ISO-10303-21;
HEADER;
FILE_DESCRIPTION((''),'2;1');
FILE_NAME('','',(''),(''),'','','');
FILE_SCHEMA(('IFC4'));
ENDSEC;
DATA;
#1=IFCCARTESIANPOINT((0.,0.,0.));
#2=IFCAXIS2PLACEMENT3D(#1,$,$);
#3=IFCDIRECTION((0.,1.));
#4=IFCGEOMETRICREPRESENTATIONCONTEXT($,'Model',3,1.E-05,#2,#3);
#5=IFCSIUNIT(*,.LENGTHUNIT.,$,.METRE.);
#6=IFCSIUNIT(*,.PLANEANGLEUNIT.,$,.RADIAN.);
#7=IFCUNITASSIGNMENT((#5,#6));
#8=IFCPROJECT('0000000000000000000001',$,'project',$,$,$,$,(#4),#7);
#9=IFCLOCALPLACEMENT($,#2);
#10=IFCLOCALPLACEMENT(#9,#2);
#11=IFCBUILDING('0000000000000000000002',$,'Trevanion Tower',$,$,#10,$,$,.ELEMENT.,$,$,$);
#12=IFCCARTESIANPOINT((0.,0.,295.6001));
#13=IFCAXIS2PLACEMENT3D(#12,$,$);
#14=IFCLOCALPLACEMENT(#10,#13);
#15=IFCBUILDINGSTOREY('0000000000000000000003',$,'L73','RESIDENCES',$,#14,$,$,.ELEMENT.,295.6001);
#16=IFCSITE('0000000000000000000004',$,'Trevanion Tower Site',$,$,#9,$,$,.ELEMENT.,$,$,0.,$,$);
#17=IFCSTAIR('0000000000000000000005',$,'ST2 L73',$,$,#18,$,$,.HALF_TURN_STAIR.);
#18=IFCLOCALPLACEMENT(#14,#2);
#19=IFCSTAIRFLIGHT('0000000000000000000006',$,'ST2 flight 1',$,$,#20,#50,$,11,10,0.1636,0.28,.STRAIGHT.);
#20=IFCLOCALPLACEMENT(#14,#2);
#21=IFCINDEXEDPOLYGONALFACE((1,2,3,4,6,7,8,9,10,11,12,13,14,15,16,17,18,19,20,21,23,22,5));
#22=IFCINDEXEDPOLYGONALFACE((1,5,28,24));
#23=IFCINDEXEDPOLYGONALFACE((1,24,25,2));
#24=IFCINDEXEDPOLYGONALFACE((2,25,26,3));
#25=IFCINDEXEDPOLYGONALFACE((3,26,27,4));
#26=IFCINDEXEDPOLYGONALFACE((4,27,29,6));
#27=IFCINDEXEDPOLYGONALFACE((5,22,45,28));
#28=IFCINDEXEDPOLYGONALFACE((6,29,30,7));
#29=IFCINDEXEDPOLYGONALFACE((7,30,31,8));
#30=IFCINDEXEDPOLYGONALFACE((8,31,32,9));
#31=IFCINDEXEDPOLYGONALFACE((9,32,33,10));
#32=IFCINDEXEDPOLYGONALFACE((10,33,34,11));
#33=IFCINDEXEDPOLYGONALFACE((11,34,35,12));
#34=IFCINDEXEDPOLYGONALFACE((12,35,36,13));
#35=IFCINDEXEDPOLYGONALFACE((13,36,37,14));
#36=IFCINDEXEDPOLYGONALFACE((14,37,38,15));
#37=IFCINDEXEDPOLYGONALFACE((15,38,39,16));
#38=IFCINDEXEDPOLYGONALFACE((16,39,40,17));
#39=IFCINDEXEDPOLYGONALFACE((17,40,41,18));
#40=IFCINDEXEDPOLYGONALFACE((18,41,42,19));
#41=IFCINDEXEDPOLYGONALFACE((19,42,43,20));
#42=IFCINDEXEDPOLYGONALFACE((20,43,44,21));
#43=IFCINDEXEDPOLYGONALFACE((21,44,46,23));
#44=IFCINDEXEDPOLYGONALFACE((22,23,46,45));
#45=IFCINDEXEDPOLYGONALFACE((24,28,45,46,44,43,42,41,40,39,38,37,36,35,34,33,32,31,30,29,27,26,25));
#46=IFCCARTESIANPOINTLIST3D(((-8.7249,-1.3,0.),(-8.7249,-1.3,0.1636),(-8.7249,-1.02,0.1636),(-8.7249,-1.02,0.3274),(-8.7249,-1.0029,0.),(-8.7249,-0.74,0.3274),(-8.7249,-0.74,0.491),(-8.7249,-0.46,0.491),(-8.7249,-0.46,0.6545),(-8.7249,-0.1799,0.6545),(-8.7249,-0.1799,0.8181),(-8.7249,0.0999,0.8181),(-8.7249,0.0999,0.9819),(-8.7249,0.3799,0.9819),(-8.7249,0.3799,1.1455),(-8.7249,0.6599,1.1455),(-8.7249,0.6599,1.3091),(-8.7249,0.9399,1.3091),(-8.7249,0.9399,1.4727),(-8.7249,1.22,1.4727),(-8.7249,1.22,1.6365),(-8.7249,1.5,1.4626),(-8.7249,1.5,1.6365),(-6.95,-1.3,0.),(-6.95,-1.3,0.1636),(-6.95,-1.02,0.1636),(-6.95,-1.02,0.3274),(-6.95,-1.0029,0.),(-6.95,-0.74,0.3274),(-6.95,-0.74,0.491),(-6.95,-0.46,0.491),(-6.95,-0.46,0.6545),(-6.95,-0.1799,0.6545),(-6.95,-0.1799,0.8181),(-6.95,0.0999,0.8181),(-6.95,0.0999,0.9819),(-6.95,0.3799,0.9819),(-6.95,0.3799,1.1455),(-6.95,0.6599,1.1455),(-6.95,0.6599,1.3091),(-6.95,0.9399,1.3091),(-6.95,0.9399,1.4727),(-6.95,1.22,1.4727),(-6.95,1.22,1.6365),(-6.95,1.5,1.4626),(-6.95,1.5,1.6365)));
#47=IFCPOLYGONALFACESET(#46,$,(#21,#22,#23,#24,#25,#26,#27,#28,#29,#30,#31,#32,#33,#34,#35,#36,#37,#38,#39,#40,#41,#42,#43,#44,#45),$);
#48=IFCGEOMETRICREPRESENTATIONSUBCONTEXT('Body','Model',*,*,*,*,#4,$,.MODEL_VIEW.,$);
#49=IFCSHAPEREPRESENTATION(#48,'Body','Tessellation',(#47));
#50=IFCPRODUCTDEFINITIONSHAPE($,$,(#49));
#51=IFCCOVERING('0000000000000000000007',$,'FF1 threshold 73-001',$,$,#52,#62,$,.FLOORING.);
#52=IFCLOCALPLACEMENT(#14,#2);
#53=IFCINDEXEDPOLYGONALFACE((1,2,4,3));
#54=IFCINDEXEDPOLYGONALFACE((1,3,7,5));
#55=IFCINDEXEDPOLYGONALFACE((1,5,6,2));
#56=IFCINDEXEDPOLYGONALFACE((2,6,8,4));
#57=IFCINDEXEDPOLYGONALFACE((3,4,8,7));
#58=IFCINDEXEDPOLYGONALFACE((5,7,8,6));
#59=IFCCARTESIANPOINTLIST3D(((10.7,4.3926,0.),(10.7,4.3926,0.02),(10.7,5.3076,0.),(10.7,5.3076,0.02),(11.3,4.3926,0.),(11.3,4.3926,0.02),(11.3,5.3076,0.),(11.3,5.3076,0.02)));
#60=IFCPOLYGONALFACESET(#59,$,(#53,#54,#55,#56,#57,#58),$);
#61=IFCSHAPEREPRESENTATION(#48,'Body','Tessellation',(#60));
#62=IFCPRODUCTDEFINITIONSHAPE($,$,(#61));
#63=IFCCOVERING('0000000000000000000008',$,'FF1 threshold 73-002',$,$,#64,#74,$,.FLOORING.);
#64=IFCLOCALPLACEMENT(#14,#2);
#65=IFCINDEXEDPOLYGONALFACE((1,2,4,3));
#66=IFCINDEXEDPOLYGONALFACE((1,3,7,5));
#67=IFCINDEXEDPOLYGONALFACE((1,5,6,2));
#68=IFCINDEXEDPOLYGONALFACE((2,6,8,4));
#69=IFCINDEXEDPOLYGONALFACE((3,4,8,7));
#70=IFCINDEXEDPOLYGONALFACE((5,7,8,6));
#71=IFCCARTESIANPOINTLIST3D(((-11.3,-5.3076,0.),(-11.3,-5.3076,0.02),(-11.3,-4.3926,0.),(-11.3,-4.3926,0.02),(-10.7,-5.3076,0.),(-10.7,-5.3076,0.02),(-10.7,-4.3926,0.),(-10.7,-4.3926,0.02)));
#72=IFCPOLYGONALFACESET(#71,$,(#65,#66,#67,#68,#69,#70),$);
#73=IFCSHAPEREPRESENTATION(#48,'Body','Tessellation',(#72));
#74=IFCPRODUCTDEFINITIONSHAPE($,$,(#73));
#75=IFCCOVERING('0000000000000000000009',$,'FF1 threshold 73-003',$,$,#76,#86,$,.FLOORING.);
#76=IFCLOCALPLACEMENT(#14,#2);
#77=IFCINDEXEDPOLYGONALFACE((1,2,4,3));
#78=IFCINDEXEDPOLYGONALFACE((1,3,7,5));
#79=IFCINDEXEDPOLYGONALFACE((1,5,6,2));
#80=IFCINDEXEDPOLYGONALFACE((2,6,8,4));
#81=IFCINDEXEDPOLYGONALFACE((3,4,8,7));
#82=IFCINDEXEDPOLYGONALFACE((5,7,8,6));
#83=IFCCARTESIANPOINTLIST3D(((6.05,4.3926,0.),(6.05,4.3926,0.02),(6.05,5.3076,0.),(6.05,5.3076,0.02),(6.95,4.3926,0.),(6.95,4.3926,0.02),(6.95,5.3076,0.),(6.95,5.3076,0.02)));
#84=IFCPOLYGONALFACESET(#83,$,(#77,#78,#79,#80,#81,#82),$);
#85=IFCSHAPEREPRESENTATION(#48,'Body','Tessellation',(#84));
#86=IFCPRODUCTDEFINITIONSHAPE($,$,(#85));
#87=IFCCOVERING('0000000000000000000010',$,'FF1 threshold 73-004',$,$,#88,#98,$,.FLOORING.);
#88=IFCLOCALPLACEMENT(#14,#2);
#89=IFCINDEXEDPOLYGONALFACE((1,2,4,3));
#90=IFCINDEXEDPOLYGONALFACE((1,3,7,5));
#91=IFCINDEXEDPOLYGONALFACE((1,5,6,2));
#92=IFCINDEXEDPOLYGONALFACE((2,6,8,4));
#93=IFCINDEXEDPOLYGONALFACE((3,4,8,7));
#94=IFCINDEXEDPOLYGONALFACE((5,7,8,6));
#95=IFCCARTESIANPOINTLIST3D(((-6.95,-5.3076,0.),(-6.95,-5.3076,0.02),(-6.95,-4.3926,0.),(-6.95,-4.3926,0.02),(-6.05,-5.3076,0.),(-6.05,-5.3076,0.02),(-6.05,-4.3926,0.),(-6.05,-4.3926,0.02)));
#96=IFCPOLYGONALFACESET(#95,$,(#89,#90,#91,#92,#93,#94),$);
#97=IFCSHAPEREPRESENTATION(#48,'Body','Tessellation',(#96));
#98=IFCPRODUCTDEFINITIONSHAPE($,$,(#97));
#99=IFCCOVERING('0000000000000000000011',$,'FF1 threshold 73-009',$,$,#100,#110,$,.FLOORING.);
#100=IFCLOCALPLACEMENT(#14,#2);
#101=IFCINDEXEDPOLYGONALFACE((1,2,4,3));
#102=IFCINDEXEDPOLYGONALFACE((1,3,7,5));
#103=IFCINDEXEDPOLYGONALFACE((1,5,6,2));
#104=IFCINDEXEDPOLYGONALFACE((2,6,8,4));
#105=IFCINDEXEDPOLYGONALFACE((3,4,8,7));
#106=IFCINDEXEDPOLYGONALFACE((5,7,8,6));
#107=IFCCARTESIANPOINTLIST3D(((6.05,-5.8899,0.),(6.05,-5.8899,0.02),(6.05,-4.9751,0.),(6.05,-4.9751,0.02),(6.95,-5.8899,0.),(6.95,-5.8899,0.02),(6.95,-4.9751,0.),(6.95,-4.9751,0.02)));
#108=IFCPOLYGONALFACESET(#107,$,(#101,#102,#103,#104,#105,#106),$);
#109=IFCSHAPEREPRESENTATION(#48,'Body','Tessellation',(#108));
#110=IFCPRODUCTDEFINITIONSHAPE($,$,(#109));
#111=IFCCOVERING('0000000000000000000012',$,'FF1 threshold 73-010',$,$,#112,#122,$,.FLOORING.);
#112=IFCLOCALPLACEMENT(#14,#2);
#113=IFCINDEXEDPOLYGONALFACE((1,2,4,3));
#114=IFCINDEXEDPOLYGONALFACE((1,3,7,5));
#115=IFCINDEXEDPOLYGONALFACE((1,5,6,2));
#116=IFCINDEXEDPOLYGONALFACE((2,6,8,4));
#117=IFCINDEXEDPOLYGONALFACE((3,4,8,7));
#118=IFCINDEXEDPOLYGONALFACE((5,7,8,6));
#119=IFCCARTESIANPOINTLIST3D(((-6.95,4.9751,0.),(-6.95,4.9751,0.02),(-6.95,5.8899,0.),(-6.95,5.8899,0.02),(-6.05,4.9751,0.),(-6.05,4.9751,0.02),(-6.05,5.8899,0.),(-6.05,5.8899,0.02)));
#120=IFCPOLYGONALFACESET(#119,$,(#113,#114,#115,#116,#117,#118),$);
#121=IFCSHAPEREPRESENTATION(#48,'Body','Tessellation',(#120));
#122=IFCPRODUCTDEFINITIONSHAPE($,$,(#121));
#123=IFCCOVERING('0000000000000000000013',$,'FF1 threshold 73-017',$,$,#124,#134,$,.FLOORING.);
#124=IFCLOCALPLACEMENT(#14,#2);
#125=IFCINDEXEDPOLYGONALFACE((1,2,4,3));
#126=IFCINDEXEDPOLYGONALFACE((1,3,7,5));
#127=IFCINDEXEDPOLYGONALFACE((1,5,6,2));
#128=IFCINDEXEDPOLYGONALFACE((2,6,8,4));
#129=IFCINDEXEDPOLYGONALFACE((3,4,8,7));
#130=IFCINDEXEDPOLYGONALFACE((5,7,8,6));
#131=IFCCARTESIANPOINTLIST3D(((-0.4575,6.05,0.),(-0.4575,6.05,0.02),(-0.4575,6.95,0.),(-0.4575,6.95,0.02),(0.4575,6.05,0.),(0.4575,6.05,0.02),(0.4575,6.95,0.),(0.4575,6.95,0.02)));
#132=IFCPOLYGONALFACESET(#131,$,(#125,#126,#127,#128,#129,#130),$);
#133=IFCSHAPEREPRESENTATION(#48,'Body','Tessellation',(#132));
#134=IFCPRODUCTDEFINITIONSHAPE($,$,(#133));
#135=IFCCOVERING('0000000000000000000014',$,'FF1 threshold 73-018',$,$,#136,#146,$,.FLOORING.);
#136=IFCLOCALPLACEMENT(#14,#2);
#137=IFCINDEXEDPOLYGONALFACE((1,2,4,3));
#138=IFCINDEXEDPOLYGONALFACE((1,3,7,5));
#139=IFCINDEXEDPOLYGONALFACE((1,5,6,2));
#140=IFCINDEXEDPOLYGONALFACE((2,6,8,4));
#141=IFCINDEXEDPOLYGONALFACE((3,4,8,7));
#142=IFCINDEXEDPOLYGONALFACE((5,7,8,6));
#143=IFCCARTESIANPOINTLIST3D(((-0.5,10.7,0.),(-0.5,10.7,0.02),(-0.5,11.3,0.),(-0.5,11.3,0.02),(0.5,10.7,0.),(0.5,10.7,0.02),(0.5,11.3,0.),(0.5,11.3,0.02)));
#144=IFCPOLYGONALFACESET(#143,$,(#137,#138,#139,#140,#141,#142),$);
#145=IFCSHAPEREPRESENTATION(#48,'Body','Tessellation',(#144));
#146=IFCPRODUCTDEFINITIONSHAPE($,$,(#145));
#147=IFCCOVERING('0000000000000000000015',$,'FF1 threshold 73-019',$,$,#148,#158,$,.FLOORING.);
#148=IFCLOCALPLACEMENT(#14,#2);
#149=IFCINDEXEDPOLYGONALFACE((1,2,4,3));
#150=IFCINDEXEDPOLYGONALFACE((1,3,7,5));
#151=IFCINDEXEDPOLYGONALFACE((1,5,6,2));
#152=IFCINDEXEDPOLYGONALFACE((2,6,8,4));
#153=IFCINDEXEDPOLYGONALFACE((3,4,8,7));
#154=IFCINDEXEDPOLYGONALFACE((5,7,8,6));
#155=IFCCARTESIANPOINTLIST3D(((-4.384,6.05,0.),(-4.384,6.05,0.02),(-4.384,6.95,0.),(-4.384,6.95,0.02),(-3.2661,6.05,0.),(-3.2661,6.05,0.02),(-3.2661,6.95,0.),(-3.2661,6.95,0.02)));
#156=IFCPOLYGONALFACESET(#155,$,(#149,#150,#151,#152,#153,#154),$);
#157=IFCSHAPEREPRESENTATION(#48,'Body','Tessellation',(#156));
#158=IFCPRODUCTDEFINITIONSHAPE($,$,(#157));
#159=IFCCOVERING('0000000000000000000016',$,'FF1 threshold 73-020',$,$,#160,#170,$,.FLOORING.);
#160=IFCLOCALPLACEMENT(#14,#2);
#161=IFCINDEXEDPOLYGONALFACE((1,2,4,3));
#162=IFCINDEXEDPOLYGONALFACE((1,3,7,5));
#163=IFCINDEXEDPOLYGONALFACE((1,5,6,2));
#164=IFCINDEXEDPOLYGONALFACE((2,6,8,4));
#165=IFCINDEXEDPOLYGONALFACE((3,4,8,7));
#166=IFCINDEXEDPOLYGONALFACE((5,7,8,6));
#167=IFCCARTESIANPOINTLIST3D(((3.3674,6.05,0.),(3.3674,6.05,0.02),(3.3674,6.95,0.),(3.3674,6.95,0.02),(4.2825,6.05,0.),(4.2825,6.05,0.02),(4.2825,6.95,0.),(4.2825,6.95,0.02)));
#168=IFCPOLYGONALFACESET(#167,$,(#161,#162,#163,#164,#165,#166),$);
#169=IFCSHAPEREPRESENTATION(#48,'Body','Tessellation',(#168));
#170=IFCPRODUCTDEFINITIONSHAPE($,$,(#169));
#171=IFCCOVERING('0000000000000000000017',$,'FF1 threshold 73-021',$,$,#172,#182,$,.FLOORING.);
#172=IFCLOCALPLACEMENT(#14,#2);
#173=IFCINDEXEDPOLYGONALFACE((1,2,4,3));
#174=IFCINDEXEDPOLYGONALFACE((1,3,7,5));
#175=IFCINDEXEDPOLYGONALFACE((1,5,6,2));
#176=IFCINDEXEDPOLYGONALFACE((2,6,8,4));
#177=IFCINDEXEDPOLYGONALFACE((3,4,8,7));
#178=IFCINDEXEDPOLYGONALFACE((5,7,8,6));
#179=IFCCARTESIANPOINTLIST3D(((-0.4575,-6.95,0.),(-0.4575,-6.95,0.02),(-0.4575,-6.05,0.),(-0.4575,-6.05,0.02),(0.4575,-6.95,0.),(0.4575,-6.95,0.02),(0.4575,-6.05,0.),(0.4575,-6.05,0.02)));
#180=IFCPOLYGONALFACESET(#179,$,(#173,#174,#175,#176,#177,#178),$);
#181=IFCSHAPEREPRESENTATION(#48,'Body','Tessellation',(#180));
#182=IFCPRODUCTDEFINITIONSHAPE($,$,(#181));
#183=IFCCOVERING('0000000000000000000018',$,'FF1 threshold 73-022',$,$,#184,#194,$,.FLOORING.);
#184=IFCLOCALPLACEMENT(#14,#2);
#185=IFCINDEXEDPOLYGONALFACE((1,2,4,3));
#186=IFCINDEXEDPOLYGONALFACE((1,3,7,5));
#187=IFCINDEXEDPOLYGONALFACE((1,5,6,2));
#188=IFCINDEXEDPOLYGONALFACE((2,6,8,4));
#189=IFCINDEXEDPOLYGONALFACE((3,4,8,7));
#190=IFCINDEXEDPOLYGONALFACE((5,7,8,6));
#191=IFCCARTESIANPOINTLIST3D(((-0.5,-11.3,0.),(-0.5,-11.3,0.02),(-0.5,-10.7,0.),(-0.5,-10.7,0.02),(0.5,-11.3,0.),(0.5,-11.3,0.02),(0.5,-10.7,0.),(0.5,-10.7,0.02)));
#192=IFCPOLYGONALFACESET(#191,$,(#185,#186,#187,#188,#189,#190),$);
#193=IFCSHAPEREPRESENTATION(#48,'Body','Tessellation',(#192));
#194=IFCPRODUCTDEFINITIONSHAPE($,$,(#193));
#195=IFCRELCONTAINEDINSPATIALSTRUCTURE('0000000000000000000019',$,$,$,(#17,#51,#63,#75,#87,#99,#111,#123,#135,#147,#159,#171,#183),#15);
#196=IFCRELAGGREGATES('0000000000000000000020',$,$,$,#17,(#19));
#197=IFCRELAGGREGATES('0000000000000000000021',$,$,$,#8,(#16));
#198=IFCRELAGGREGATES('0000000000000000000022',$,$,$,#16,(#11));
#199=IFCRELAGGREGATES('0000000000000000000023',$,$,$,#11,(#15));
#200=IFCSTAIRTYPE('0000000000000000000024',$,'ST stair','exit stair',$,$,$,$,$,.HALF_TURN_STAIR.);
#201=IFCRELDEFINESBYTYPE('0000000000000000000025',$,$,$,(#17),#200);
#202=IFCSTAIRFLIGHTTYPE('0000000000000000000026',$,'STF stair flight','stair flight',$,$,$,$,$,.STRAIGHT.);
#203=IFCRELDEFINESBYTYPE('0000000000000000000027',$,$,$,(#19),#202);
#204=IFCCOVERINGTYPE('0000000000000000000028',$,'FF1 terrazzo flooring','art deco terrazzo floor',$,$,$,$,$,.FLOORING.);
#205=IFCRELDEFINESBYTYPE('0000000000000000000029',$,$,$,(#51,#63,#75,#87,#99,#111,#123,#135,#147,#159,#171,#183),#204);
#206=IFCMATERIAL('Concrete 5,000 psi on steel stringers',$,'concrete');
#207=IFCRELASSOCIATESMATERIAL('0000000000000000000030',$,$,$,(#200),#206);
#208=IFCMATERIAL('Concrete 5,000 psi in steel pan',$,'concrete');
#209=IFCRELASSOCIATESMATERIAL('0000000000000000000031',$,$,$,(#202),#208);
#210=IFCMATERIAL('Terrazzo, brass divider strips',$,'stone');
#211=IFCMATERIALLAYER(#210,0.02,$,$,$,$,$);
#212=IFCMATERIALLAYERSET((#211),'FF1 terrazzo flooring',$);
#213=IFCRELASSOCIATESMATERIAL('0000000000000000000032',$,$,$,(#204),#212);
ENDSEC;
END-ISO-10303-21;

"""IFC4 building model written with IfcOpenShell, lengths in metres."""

from ifc_helpers import new_model, si_unit, direction, frame, origin, place, context, subcontext, project, spatial, polyline, outline, extrude, material, layer, layer_set, type_object, element, aggregate, save


model = new_model("IFC4")

# Units and contexts
model_context = context("Model", 3, precision=1e-05, world=origin(), true_north=direction((0.0, 1.0)))
body_context = subcontext(model_context, "Body", "Model", "MODEL_VIEW")
ifc_project = project(units=[si_unit("LENGTHUNIT", "METRE"), si_unit("PLANEANGLEUNIT", "RADIAN")], contexts=[model_context])

# Site, building, storey
site_placement = place(None, origin())
site = spatial("IfcSite", under=ifc_project, at=site_placement, Name="Trevanion Tower Site", CompositionType="ELEMENT", RefElevation=0.0)
building_placement = place(site_placement, origin())
building = spatial("IfcBuilding", under=site, at=building_placement, Name="Trevanion Tower", CompositionType="ELEMENT")
storey_placement = place(building_placement, frame((0.0, 0.0, 295.6001)))
storey = spatial("IfcBuildingStorey", under=building, at=storey_placement, Name="L73", Description="RESIDENCES", CompositionType="ELEMENT", Elevation=295.6001)

# Stair, stair flight
ifc_material_1 = material(Name="Concrete 5,000 psi on steel stringers", Category="concrete")
stair_type = type_object("IfcStairType", Name="ST stair", Description="exit stair", PredefinedType="HALF_TURN_STAIR", material=ifc_material_1)
stair_placement = place(storey_placement, origin())
stair = element("IfcStair", 1, at=stair_placement, inside=storey, type_object=stair_type, Name="ST2 L73", PredefinedType="HALF_TURN_STAIR")
ifc_material_2 = material(Name="Concrete 5,000 psi in steel pan", Category="concrete")
stair_flight_type = type_object("IfcStairFlightType", Name="STF stair flight", Description="stair flight", PredefinedType="STRAIGHT", material=ifc_material_2)
stair_flight_placement = place(storey_placement, frame((-7.8374, -1.3, 0.0), z_axis=(0.0, 0.0, 1.0), x_axis=(0.0, 1.0, 0.0)))
stair_flight = element("IfcStairFlight", 2, at=stair_flight_placement, type_object=stair_flight_type, Name="ST2 flight 1", NumberOfRisers=11, NumberOfTreads=10, PredefinedType="STRAIGHT", RiserHeight=0.1636, TreadLength=0.28, context=body_context, shape_type="SweptSolid", body=[
    extrude(outline(polyline([(0.0, 0.0), (0.0, 0.1636), (0.28, 0.1636), (0.28, 0.3274), (0.5601, 0.3274), (0.5601, 0.491), (0.8401, 0.491), (0.8401, 0.6545), (1.1201, 0.6545), (1.1201, 0.8181), (1.3999, 0.8181), (1.3999, 0.9819), (1.6799, 0.9819), (1.6799, 1.1455), (1.96, 1.1455), (1.96, 1.3091), (2.24, 1.3091), (2.24, 1.4727), (2.52, 1.4727), (2.52, 1.6365), (2.8, 1.6365), (2.8, 1.8), (2.8, 1.4626), (0.2971, 0.0), (0.0, 0.0)])), frame((0.0, 0.8875, 0.0), z_axis=(0.0, -1.0, 0.0), x_axis=(1.0, 0.0, 0.0)), (0.0, 0.0, 1.0), 1.7749),
])
aggregate(stair, [stair_flight])

# Coverings
ifc_material_3 = material(Name="Terrazzo, brass divider strips", Category="stone")
ifc_layer_1 = layer(ifc_material_3, 0.02)
ifc_layer_set_1 = layer_set([ifc_layer_1], Name="FF1 terrazzo flooring")
covering_type = type_object("IfcCoveringType", Name="FF1 terrazzo flooring", Description="art deco terrazzo floor", PredefinedType="FLOORING", material=ifc_layer_set_1)
covering_1_placement = place(storey_placement, origin())
element("IfcCovering", 3, at=covering_1_placement, inside=storey, type_object=covering_type, Name="FF1 threshold 73-001", PredefinedType="FLOORING", context=body_context, shape_type="SweptSolid", body=[
    extrude(outline(polyline([(11.3, 4.3926), (11.3, 5.3076), (10.7, 5.3076), (10.7, 4.3926), (11.3, 4.3926)])), origin(), (0.0, 0.0, 1.0), 0.02),
])
covering_2_placement = place(storey_placement, origin())
element("IfcCovering", 4, at=covering_2_placement, inside=storey, type_object=covering_type, Name="FF1 threshold 73-002", PredefinedType="FLOORING", context=body_context, shape_type="SweptSolid", body=[
    extrude(outline(polyline([(-11.3, -4.3926), (-11.3, -5.3076), (-10.7, -5.3076), (-10.7, -4.3926), (-11.3, -4.3926)])), origin(), (0.0, 0.0, 1.0), 0.02),
])
covering_3_placement = place(storey_placement, origin())
element("IfcCovering", 5, at=covering_3_placement, inside=storey, type_object=covering_type, Name="FF1 threshold 73-003", PredefinedType="FLOORING", context=body_context, shape_type="SweptSolid", body=[
    extrude(outline(polyline([(6.95, 4.3926), (6.95, 5.3076), (6.05, 5.3076), (6.05, 4.3926), (6.95, 4.3926)])), origin(), (0.0, 0.0, 1.0), 0.02),
])
covering_4_placement = place(storey_placement, origin())
element("IfcCovering", 6, at=covering_4_placement, inside=storey, type_object=covering_type, Name="FF1 threshold 73-004", PredefinedType="FLOORING", context=body_context, shape_type="SweptSolid", body=[
    extrude(outline(polyline([(-6.95, -4.3926), (-6.95, -5.3076), (-6.05, -5.3076), (-6.05, -4.3926), (-6.95, -4.3926)])), origin(), (0.0, 0.0, 1.0), 0.02),
])
covering_5_placement = place(storey_placement, origin())
element("IfcCovering", 7, at=covering_5_placement, inside=storey, type_object=covering_type, Name="FF1 threshold 73-009", PredefinedType="FLOORING", context=body_context, shape_type="SweptSolid", body=[
    extrude(outline(polyline([(6.95, -5.8899), (6.95, -4.9751), (6.05, -4.9751), (6.05, -5.8899), (6.95, -5.8899)])), origin(), (0.0, 0.0, 1.0), 0.02),
])
covering_6_placement = place(storey_placement, origin())
element("IfcCovering", 8, at=covering_6_placement, inside=storey, type_object=covering_type, Name="FF1 threshold 73-010", PredefinedType="FLOORING", context=body_context, shape_type="SweptSolid", body=[
    extrude(outline(polyline([(-6.95, 5.8899), (-6.95, 4.9751), (-6.05, 4.9751), (-6.05, 5.8899), (-6.95, 5.8899)])), origin(), (0.0, 0.0, 1.0), 0.02),
])
covering_7_placement = place(storey_placement, origin())
element("IfcCovering", 9, at=covering_7_placement, inside=storey, type_object=covering_type, Name="FF1 threshold 73-017", PredefinedType="FLOORING", context=body_context, shape_type="SweptSolid", body=[
    extrude(outline(polyline([(0.4575, 6.95), (-0.4575, 6.95), (-0.4575, 6.05), (0.4575, 6.05), (0.4575, 6.95)])), origin(), (0.0, 0.0, 1.0), 0.02),
])
covering_8_placement = place(storey_placement, origin())
element("IfcCovering", 10, at=covering_8_placement, inside=storey, type_object=covering_type, Name="FF1 threshold 73-018", PredefinedType="FLOORING", context=body_context, shape_type="SweptSolid", body=[
    extrude(outline(polyline([(0.5, 11.3), (-0.5, 11.3), (-0.5, 10.7), (0.5, 10.7), (0.5, 11.3)])), origin(), (0.0, 0.0, 1.0), 0.02),
])
covering_9_placement = place(storey_placement, origin())
element("IfcCovering", 11, at=covering_9_placement, inside=storey, type_object=covering_type, Name="FF1 threshold 73-019", PredefinedType="FLOORING", context=body_context, shape_type="SweptSolid", body=[
    extrude(outline(polyline([(-3.2661, 6.95), (-4.384, 6.95), (-4.384, 6.05), (-3.2661, 6.05), (-3.2661, 6.95)])), origin(), (0.0, 0.0, 1.0), 0.02),
])
covering_10_placement = place(storey_placement, origin())
element("IfcCovering", 12, at=covering_10_placement, inside=storey, type_object=covering_type, Name="FF1 threshold 73-020", PredefinedType="FLOORING", context=body_context, shape_type="SweptSolid", body=[
    extrude(outline(polyline([(4.2825, 6.95), (3.3674, 6.95), (3.3674, 6.05), (4.2825, 6.05), (4.2825, 6.95)])), origin(), (0.0, 0.0, 1.0), 0.02),
])
covering_11_placement = place(storey_placement, origin())
element("IfcCovering", 13, at=covering_11_placement, inside=storey, type_object=covering_type, Name="FF1 threshold 73-021", PredefinedType="FLOORING", context=body_context, shape_type="SweptSolid", body=[
    extrude(outline(polyline([(-0.4575, -6.95), (0.4575, -6.95), (0.4575, -6.05), (-0.4575, -6.05), (-0.4575, -6.95)])), origin(), (0.0, 0.0, 1.0), 0.02),
])
covering_12_placement = place(storey_placement, origin())
element("IfcCovering", 14, at=covering_12_placement, inside=storey, type_object=covering_type, Name="FF1 threshold 73-022", PredefinedType="FLOORING", context=body_context, shape_type="SweptSolid", body=[
    extrude(outline(polyline([(-0.5, -11.3), (0.5, -11.3), (0.5, -10.7), (-0.5, -10.7), (-0.5, -11.3)])), origin(), (0.0, 0.0, 1.0), 0.02),
])

save(model, "model.ifc")
